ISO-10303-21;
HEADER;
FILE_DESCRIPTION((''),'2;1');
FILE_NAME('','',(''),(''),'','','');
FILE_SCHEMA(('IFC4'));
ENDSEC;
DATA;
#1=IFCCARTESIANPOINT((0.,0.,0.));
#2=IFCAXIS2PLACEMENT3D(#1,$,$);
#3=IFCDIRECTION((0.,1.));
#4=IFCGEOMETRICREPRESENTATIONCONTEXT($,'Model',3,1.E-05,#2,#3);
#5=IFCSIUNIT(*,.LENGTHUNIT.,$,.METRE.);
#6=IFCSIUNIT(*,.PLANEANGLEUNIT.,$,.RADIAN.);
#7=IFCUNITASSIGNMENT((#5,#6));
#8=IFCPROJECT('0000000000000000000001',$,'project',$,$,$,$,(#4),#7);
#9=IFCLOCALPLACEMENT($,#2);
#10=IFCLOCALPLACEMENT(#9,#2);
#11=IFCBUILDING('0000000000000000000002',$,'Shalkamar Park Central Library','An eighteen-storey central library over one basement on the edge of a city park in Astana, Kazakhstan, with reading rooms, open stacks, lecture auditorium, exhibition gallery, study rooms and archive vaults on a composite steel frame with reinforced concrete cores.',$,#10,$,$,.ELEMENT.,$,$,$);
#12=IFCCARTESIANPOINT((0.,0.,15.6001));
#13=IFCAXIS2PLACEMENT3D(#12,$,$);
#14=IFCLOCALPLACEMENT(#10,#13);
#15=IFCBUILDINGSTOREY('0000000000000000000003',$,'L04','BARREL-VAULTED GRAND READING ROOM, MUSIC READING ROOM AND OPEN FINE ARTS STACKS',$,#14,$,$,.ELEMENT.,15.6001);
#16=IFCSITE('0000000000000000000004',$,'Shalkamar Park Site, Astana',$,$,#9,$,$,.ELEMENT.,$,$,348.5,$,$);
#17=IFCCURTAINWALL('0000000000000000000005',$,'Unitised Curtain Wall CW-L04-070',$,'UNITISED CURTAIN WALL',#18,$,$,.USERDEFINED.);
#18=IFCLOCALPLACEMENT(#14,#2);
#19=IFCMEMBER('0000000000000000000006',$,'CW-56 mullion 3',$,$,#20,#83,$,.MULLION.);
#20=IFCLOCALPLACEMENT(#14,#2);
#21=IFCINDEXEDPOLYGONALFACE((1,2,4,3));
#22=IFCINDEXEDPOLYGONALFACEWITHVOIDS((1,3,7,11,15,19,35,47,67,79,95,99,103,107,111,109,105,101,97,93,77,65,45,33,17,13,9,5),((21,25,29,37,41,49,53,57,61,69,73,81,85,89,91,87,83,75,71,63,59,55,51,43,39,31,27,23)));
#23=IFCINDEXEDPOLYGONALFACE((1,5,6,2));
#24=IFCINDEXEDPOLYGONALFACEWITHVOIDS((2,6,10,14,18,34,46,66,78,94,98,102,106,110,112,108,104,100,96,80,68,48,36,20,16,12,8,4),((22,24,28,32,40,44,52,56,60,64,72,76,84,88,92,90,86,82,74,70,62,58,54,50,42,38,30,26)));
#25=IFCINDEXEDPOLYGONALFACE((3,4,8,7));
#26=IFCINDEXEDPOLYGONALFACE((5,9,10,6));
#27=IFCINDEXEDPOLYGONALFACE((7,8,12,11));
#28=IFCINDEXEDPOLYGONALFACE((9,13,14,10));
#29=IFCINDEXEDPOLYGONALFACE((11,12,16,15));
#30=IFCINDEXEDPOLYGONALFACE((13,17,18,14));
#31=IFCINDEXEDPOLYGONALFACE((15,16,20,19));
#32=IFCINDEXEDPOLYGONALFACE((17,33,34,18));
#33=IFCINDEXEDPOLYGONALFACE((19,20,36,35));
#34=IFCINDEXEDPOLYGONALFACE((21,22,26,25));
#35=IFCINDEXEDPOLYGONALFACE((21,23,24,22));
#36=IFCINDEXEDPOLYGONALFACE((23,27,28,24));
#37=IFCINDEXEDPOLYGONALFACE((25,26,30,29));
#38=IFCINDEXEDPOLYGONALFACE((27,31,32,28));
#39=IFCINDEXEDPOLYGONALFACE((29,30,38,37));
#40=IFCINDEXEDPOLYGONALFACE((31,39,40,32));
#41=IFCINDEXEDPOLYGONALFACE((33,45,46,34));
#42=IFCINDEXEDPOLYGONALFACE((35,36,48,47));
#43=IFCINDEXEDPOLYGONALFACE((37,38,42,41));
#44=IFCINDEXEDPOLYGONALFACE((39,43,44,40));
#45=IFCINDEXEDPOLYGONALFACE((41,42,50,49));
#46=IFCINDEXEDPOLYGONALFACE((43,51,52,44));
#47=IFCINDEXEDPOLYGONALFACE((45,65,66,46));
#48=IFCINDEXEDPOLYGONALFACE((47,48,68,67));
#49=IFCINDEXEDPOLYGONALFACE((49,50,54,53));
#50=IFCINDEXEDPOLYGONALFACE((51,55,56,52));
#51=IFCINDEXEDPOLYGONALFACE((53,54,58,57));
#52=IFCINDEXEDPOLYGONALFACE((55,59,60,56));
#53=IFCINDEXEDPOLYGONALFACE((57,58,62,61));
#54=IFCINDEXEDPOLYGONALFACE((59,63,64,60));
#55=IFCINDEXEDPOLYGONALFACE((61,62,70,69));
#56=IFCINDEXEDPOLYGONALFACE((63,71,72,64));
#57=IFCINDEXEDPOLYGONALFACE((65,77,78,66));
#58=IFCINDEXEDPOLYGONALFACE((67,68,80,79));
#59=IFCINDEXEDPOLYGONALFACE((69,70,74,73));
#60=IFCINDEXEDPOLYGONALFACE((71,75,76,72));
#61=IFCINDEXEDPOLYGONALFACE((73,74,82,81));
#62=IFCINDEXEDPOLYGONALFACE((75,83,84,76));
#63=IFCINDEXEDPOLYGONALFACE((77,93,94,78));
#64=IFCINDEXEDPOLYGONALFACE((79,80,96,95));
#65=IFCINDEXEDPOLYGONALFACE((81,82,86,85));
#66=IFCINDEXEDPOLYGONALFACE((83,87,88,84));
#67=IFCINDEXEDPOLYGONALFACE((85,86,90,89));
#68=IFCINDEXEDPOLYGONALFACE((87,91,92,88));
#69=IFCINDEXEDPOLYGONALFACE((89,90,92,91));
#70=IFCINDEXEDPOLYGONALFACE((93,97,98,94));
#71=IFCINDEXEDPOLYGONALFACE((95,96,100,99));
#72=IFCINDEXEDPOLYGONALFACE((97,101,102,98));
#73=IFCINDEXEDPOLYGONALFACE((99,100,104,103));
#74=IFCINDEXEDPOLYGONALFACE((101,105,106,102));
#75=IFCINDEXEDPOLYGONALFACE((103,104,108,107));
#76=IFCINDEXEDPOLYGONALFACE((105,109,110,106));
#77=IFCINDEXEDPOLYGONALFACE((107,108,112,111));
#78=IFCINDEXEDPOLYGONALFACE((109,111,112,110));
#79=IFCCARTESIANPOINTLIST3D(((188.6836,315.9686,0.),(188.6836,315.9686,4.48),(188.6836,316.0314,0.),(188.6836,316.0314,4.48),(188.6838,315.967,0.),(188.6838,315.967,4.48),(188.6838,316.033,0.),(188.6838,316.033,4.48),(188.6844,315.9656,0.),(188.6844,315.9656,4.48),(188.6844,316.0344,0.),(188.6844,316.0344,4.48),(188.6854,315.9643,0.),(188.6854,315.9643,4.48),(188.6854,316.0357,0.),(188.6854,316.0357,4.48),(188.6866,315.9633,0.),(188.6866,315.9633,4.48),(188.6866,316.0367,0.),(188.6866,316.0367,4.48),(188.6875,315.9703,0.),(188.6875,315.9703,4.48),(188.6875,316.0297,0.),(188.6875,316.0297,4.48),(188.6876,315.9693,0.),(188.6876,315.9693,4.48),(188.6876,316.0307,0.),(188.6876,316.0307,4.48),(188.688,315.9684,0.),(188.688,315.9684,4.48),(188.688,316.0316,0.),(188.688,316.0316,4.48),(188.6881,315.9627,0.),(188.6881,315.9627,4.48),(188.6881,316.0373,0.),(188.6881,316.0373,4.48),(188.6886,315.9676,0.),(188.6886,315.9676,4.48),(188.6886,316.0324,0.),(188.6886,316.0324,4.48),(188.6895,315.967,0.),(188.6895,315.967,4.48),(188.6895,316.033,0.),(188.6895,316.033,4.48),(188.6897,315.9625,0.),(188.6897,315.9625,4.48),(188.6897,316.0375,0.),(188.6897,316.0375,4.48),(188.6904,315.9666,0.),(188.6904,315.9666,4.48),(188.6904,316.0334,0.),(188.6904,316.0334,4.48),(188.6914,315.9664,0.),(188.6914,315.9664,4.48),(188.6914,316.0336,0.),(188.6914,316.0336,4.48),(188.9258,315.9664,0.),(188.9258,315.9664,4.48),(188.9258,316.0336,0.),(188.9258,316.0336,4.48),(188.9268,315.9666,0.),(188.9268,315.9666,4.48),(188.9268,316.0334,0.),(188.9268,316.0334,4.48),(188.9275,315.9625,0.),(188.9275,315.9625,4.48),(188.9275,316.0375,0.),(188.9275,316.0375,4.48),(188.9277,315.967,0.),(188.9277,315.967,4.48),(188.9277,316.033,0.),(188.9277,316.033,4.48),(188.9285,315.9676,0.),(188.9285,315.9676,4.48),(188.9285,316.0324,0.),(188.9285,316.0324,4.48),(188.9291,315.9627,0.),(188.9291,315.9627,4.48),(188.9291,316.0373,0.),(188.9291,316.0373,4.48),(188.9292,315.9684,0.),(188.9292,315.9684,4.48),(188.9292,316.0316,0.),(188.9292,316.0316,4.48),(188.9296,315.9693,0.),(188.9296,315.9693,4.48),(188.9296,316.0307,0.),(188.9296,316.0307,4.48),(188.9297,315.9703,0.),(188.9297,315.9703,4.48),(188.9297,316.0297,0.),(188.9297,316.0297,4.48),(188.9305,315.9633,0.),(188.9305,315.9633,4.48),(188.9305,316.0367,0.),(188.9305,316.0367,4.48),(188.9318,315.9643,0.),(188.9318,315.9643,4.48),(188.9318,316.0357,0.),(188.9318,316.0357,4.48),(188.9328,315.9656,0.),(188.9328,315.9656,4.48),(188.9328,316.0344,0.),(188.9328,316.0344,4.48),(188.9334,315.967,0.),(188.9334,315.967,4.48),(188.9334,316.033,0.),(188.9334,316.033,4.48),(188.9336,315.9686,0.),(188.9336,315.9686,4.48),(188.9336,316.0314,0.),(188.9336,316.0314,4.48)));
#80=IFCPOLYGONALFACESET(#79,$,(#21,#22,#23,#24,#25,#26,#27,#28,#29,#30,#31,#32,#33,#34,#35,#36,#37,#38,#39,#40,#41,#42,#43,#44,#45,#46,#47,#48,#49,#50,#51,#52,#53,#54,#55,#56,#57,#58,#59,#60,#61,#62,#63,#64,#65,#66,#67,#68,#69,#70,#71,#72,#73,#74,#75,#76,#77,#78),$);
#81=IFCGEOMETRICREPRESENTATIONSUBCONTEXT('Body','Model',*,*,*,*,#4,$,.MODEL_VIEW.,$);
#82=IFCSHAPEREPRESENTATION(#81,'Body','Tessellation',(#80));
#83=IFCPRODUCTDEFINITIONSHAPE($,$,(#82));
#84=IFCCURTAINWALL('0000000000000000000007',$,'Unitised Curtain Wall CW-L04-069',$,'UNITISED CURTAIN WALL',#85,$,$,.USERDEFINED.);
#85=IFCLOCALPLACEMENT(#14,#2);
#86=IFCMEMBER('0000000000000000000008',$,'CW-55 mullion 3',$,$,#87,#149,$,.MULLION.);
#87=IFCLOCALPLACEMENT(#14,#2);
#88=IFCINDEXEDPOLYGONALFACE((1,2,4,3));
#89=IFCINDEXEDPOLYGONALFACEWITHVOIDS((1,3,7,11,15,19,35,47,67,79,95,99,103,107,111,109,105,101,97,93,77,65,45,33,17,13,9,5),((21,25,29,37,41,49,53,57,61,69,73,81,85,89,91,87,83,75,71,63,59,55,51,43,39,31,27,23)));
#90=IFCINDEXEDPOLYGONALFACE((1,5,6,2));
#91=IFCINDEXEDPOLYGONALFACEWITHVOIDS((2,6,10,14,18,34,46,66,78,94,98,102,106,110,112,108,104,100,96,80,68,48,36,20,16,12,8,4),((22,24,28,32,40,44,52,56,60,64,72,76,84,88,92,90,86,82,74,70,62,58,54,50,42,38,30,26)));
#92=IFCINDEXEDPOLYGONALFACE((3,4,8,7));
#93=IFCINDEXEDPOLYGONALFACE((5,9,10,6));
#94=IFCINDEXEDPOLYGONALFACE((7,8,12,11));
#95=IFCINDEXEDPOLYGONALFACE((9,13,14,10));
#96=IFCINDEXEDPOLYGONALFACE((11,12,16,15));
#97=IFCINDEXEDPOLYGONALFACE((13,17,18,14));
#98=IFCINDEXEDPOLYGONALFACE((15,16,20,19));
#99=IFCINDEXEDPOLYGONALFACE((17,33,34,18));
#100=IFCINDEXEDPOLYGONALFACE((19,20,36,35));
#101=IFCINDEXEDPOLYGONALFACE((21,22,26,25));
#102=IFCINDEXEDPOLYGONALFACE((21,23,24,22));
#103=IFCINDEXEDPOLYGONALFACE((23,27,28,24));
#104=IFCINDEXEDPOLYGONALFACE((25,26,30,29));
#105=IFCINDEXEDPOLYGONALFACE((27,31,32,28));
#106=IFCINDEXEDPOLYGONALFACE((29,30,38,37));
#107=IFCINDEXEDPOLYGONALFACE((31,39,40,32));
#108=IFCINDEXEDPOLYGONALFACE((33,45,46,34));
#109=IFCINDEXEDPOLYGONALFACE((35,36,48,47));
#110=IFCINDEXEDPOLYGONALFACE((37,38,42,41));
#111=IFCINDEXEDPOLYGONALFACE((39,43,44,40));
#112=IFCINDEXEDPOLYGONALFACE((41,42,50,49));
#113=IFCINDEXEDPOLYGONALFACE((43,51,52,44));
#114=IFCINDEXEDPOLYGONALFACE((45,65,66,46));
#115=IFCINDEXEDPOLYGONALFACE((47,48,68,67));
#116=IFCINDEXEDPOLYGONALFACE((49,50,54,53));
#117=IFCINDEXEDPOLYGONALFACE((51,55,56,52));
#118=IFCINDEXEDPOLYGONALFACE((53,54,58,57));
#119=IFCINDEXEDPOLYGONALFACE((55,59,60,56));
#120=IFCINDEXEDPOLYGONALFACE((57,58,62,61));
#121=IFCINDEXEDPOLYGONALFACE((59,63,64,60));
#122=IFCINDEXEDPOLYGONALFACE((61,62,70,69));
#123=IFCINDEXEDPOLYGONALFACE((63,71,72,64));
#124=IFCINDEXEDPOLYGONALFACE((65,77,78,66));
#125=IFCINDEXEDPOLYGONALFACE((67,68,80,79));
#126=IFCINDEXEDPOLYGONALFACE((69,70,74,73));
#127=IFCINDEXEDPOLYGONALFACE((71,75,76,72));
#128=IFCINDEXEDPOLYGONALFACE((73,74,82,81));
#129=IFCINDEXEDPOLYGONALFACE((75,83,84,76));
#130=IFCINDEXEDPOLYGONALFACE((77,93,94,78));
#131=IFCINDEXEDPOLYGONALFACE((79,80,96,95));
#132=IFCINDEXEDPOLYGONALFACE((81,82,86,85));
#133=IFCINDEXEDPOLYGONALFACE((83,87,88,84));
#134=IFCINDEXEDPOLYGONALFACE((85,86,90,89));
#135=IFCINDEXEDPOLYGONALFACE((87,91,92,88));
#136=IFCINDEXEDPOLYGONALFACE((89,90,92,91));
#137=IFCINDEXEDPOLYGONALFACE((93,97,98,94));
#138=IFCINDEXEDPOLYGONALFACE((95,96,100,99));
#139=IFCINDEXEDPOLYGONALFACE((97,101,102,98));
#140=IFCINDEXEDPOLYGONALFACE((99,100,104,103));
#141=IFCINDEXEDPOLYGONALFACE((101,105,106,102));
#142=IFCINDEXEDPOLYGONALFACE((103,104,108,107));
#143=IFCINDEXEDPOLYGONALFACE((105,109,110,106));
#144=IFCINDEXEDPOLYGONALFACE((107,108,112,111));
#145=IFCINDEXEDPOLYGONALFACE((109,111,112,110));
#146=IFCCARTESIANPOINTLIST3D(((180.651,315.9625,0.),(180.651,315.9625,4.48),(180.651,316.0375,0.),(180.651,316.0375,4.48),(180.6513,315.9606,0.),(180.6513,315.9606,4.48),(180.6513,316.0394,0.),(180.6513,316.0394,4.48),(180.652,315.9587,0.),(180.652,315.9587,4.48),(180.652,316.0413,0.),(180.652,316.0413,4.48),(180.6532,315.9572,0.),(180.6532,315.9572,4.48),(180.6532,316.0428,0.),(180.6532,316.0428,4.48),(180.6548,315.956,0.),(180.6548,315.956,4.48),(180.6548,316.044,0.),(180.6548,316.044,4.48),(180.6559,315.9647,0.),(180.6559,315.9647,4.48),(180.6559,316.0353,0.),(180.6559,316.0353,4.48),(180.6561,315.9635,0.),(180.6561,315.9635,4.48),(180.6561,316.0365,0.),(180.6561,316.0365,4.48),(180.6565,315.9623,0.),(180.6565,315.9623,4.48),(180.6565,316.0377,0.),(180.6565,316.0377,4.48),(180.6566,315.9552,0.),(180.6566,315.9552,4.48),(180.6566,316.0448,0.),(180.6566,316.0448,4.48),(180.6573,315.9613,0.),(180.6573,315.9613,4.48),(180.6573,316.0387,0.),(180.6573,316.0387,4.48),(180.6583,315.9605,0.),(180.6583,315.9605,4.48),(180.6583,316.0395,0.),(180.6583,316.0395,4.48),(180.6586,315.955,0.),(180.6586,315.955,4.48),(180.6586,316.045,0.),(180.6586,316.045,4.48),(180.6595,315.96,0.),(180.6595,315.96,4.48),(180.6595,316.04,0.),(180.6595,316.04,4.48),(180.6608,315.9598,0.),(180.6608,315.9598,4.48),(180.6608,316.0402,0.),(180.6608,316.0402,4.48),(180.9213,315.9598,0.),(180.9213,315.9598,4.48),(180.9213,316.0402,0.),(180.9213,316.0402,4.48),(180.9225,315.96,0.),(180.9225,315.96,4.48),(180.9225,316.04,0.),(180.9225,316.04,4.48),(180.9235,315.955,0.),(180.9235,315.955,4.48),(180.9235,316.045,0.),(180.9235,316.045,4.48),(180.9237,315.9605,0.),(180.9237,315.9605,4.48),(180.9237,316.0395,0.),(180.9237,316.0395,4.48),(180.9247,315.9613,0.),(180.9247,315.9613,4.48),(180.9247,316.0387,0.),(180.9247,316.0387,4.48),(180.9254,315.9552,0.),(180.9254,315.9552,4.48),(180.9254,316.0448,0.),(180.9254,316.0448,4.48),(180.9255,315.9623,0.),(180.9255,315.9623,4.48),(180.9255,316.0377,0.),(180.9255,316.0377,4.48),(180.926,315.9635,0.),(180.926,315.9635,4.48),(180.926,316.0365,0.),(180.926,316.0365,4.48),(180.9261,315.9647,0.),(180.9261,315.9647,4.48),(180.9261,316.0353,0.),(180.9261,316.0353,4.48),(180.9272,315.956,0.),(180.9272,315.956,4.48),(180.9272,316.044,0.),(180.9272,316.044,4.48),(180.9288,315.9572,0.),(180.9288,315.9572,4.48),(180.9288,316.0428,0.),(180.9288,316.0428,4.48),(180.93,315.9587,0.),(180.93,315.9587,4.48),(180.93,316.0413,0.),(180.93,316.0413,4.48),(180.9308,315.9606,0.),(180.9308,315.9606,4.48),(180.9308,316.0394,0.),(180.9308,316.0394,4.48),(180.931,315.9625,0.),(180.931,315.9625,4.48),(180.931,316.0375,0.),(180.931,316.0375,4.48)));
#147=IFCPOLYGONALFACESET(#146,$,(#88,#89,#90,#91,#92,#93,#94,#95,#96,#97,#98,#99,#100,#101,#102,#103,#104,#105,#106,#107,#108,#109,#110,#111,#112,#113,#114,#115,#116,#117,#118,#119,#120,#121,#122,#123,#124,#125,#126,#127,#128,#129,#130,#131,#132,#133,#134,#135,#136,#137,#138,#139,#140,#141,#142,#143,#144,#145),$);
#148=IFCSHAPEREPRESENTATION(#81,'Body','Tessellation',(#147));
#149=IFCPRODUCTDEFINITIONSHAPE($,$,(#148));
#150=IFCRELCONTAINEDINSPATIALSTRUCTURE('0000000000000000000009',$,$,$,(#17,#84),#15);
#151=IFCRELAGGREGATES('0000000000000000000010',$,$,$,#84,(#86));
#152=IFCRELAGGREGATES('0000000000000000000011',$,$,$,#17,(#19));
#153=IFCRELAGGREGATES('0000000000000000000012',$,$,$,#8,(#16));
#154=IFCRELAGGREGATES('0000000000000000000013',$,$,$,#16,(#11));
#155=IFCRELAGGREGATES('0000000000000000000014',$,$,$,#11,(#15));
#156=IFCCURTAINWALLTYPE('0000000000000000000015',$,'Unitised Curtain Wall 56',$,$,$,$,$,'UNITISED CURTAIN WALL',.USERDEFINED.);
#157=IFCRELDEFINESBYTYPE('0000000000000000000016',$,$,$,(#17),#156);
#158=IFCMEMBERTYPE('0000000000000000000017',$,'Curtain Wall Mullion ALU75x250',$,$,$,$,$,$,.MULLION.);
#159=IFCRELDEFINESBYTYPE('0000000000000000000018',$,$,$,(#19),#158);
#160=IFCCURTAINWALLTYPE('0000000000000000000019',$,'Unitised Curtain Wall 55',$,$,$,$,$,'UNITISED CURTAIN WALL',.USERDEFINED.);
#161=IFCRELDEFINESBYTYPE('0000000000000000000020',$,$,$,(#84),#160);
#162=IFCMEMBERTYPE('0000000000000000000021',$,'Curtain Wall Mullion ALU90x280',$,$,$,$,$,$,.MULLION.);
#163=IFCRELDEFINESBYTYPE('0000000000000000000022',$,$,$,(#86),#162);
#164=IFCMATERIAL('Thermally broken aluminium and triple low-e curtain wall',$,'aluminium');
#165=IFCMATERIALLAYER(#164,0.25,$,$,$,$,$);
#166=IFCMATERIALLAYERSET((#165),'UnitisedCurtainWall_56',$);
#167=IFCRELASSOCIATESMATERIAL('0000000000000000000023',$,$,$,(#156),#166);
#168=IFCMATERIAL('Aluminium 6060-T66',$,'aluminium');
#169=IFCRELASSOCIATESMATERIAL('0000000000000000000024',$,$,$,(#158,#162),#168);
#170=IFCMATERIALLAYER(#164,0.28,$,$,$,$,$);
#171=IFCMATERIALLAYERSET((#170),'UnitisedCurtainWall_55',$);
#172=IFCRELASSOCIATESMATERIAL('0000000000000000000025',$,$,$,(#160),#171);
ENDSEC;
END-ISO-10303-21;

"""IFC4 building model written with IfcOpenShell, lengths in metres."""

from ifc_helpers import new_model, si_unit, direction, frame, origin, origin_2d, place, context, subcontext, project, spatial, hollow_rectangle, extrude, material, layer, layer_set, material_profile, profile_set, type_object, element, aggregate, save


model = new_model("IFC4")

# Units and contexts
model_context = context("Model", 3, precision=1e-05, world=origin(), true_north=direction((0.0, 1.0)))
body_context = subcontext(model_context, "Body", "Model", "MODEL_VIEW")
ifc_project = project(units=[si_unit("LENGTHUNIT", "METRE"), si_unit("PLANEANGLEUNIT", "RADIAN")], contexts=[model_context])

# Site, building, storey
site_placement = place(None, origin())
site = spatial("IfcSite", under=ifc_project, at=site_placement, Name="Shalkamar Park Site, Astana", CompositionType="ELEMENT", RefElevation=348.5)
building_placement = place(site_placement, origin())
building = spatial("IfcBuilding", under=site, at=building_placement, Name="Shalkamar Park Central Library", Description="An eighteen-storey central library over one basement on the edge of a city park in Astana, Kazakhstan, with reading rooms, open stacks, lecture auditorium, exhibition gallery, study rooms and archive vaults on a composite steel frame with reinforced concrete cores.", CompositionType="ELEMENT")
storey_placement = place(building_placement, frame((0.0, 0.0, 15.6001)))
storey = spatial("IfcBuildingStorey", under=building, at=storey_placement, Name="L04", Description="BARREL-VAULTED GRAND READING ROOM, MUSIC READING ROOM AND OPEN FINE ARTS STACKS", CompositionType="ELEMENT", Elevation=15.6001)

# Curtain wall, member
ifc_material_1 = material(Name="Thermally broken aluminium and triple low-e curtain wall", Category="aluminium")
ifc_layer_1 = layer(ifc_material_1, 0.25)
ifc_layer_set_1 = layer_set([ifc_layer_1], Name="UnitisedCurtainWall_56")
curtain_wall_type_1 = type_object("IfcCurtainWallType", Name="Unitised Curtain Wall 56", ElementType="UNITISED CURTAIN WALL", PredefinedType="USERDEFINED", material=ifc_layer_set_1)
curtain_wall_1_placement = place(storey_placement, origin())
curtain_wall_1 = element("IfcCurtainWall", 1, at=curtain_wall_1_placement, inside=storey, type_object=curtain_wall_type_1, Name="Unitised Curtain Wall CW-L04-070", ObjectType="UNITISED CURTAIN WALL", PredefinedType="USERDEFINED")
ifc_material_2 = material(Name="Aluminium 6060-T66", Category="aluminium")
ifc_material_profile_1 = material_profile(ifc_material_2, hollow_rectangle(XDim=0.075, YDim=0.25, WallThickness=0.0039, InnerFilletRadius=0.0039, OuterFilletRadius=0.0061, at=origin_2d()), Name="ALU 75x250x4")
ifc_profile_set_1 = profile_set([ifc_material_profile_1], Name="Aluminium 6060-T66")
member_type_1 = type_object("IfcMemberType", Name="Curtain Wall Mullion ALU75x250", PredefinedType="MULLION", material=ifc_profile_set_1)
member_1_placement = place(storey_placement, frame((188.8086, 316.0, 0.0), z_axis=(0.0, 0.0, 1.0), x_axis=(0.0, 1.0, 0.0)))
member_1 = element("IfcMember", 2, at=member_1_placement, type_object=member_type_1, Name="CW-56 mullion 3", PredefinedType="MULLION", context=body_context, shape_type="SweptSolid", body=[
    extrude(hollow_rectangle(XDim=0.075, YDim=0.25, WallThickness=0.0039, InnerFilletRadius=0.0039, OuterFilletRadius=0.0061, at=origin_2d()), origin(), (0.0, 0.0, 1.0), 4.48),
])

# Curtain wall, member
ifc_layer_2 = layer(ifc_material_1, 0.28)
ifc_layer_set_2 = layer_set([ifc_layer_2], Name="UnitisedCurtainWall_55")
curtain_wall_type_2 = type_object("IfcCurtainWallType", Name="Unitised Curtain Wall 55", ElementType="UNITISED CURTAIN WALL", PredefinedType="USERDEFINED", material=ifc_layer_set_2)
curtain_wall_2_placement = place(storey_placement, origin())
curtain_wall_2 = element("IfcCurtainWall", 3, at=curtain_wall_2_placement, inside=storey, type_object=curtain_wall_type_2, Name="Unitised Curtain Wall CW-L04-069", ObjectType="UNITISED CURTAIN WALL", PredefinedType="USERDEFINED")
ifc_material_profile_2 = material_profile(ifc_material_2, hollow_rectangle(XDim=0.0901, YDim=0.28, WallThickness=0.0049, InnerFilletRadius=0.0049, OuterFilletRadius=0.0076, at=origin_2d()), Name="ALU 90x280x5")
ifc_profile_set_2 = profile_set([ifc_material_profile_2], Name="Aluminium 6060-T66")
member_type_2 = type_object("IfcMemberType", Name="Curtain Wall Mullion ALU90x280", PredefinedType="MULLION", material=ifc_profile_set_2)
member_2_placement = place(storey_placement, frame((180.791, 316.0, 0.0), z_axis=(0.0, 0.0, 1.0), x_axis=(0.0, 1.0, 0.0)))
member_2 = element("IfcMember", 4, at=member_2_placement, type_object=member_type_2, Name="CW-55 mullion 3", PredefinedType="MULLION", context=body_context, shape_type="SweptSolid", body=[
    extrude(hollow_rectangle(XDim=0.0901, YDim=0.28, WallThickness=0.0049, InnerFilletRadius=0.0049, OuterFilletRadius=0.0076, at=origin_2d()), origin(), (0.0, 0.0, 1.0), 4.48),
])

aggregate(curtain_wall_2, [member_2])
aggregate(curtain_wall_1, [member_1])

save(model, "model.ifc")
